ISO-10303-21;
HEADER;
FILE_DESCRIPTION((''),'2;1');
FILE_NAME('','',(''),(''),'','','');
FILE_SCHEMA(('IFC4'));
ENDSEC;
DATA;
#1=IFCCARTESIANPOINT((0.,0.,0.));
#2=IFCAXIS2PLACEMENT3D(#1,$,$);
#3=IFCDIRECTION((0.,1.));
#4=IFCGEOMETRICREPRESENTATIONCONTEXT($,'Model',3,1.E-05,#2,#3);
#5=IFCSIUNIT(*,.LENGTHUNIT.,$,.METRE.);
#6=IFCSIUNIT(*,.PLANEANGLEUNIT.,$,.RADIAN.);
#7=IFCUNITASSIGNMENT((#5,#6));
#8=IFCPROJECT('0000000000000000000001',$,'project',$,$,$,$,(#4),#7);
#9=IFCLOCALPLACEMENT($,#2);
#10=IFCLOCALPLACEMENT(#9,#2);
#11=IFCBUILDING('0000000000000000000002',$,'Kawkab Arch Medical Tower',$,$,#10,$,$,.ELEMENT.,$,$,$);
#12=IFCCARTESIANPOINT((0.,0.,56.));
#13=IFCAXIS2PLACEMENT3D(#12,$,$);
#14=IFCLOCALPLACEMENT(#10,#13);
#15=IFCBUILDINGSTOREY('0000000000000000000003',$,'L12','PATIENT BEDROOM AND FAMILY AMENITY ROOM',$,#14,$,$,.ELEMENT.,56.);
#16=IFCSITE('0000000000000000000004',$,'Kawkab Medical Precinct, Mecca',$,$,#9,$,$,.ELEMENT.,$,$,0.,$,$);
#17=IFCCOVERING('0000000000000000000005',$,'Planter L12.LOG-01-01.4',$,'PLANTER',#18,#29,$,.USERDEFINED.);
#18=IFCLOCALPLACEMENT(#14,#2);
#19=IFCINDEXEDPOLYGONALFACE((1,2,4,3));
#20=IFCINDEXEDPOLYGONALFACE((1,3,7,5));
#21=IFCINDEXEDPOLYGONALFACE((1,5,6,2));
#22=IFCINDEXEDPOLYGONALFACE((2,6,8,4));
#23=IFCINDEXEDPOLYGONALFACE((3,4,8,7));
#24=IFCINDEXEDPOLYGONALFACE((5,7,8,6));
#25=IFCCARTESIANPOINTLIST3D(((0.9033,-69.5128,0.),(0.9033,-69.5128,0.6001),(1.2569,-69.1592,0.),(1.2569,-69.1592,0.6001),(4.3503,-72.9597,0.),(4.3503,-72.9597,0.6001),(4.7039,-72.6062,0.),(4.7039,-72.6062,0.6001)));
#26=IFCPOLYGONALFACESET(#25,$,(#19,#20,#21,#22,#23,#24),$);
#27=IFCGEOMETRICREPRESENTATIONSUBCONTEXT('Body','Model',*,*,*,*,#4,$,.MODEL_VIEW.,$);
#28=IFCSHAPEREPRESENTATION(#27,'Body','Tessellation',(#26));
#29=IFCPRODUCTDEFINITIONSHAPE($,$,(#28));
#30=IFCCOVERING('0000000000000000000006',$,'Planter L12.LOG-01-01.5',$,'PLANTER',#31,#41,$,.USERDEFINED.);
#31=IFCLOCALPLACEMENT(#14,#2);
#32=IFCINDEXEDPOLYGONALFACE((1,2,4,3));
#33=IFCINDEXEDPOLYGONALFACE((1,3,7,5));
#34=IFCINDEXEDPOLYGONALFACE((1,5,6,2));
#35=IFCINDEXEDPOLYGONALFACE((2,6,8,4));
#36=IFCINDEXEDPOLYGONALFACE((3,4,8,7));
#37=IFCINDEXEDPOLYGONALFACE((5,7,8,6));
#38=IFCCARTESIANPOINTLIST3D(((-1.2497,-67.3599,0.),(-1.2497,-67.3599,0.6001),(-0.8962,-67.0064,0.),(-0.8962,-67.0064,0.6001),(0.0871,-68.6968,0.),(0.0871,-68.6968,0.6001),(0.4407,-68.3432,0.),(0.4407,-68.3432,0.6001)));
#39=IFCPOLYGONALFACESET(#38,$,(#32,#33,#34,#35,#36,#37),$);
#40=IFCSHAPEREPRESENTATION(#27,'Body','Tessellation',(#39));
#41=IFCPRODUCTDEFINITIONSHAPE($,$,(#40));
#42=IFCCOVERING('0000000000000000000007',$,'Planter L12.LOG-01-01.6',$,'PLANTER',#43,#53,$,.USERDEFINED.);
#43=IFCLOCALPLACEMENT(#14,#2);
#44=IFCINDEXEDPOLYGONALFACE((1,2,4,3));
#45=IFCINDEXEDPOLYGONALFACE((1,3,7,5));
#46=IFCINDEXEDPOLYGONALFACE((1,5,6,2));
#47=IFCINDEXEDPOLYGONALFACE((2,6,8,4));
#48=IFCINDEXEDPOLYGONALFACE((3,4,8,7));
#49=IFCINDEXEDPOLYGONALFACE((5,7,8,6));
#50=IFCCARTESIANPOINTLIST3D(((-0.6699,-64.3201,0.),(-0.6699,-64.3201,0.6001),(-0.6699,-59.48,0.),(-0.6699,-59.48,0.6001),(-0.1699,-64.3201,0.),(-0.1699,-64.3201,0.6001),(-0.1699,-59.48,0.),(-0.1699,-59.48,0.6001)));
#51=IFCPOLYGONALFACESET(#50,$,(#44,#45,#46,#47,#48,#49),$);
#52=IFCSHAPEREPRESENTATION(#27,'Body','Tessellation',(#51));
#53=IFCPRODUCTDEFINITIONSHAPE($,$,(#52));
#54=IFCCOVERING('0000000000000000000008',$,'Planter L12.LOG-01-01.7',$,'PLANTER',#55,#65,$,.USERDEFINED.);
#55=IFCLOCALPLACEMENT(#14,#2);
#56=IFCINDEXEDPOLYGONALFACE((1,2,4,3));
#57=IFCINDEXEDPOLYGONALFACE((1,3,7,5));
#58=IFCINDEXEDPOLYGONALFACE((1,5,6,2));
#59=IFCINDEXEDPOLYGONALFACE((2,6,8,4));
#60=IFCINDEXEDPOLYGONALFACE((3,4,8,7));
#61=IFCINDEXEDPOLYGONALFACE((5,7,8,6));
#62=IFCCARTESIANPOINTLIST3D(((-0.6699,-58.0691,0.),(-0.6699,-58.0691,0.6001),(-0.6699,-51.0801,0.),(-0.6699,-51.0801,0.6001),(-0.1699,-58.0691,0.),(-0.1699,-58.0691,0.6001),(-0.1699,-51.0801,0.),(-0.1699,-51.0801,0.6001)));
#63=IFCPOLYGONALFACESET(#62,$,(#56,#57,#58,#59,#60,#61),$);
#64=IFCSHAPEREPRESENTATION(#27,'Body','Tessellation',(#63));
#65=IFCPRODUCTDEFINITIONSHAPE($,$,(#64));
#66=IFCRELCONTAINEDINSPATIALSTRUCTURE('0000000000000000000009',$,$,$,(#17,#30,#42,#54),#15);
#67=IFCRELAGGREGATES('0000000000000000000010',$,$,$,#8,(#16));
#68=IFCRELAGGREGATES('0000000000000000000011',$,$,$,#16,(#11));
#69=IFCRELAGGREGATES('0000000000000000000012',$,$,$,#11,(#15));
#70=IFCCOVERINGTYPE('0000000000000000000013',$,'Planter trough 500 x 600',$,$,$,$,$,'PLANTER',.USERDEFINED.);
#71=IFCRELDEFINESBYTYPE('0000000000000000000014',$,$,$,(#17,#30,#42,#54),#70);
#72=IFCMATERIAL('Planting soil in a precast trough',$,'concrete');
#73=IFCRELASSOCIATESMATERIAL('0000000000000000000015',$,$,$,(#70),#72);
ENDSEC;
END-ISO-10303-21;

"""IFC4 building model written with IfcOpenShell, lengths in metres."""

from ifc_helpers import new_model, si_unit, direction, frame, origin, origin_2d, place, context, subcontext, project, spatial, rectangle, extrude, material, material_profile, profile_set, type_object, element, save


model = new_model("IFC4")

# Units and contexts
model_context = context("Model", 3, precision=1e-05, world=origin(), true_north=direction((0.0, 1.0)))
body_context = subcontext(model_context, "Body", "Model", "MODEL_VIEW")
ifc_project = project(units=[si_unit("LENGTHUNIT", "METRE"), si_unit("PLANEANGLEUNIT", "RADIAN")], contexts=[model_context])

# Site, building, storey
site_placement = place(None, origin())
site = spatial("IfcSite", under=ifc_project, at=site_placement, Name="Kawkab Medical Precinct, Mecca", CompositionType="ELEMENT", RefElevation=0.0)
building_placement = place(site_placement, origin())
building = spatial("IfcBuilding", under=site, at=building_placement, Name="Kawkab Arch Medical Tower", CompositionType="ELEMENT")
storey_placement = place(building_placement, frame((0.0, 0.0, 56.0)))
storey = spatial("IfcBuildingStorey", under=building, at=storey_placement, Name="L12", Description="PATIENT BEDROOM AND FAMILY AMENITY ROOM", CompositionType="ELEMENT", Elevation=56.0)

# Coverings
ifc_material_1 = material(Name="Planting soil in a precast trough", Category="concrete")
ifc_material_profile_1 = material_profile(ifc_material_1, rectangle(XDim=0.5, YDim=0.6001, at=origin_2d()), Name="Trough 500x600")
ifc_profile_set_1 = profile_set([ifc_material_profile_1], Name="Planting soil in a precast trough")
covering_type = type_object("IfcCoveringType", Name="Planter trough 500 x 600", ElementType="PLANTER", PredefinedType="USERDEFINED", material=ifc_profile_set_1)
covering_1_placement = place(storey_placement, frame((4.5271, -72.783, 0.3), z_axis=(-0.707107, 0.707107, 0.0), x_axis=(-0.707107, -0.707107, 0.0)))
element("IfcCovering", 1, at=covering_1_placement, inside=storey, type_object=covering_type, Name="Planter L12.LOG-01-01.4", ObjectType="PLANTER", PredefinedType="USERDEFINED", context=body_context, shape_type="SweptSolid", body=[
    extrude(rectangle(XDim=0.5, YDim=0.6001, at=origin_2d()), origin(), (0.0, 0.0, 1.0), 4.8748),
])
covering_2_placement = place(storey_placement, frame((0.2639, -68.52, 0.3), z_axis=(-0.707107, 0.707107, 0.0), x_axis=(-0.707107, -0.707107, 0.0)))
element("IfcCovering", 2, at=covering_2_placement, inside=storey, type_object=covering_type, Name="Planter L12.LOG-01-01.5", ObjectType="PLANTER", PredefinedType="USERDEFINED", context=body_context, shape_type="SweptSolid", body=[
    extrude(rectangle(XDim=0.5, YDim=0.6001, at=origin_2d()), origin(), (0.0, 0.0, 1.0), 1.8906),
])
covering_3_placement = place(storey_placement, frame((-0.4199, -64.3201, 0.3), z_axis=(0.0, 1.0, 0.0), x_axis=(-1.0, 0.0, 0.0)))
element("IfcCovering", 3, at=covering_3_placement, inside=storey, type_object=covering_type, Name="Planter L12.LOG-01-01.6", ObjectType="PLANTER", PredefinedType="USERDEFINED", context=body_context, shape_type="SweptSolid", body=[
    extrude(rectangle(XDim=0.5, YDim=0.6001, at=origin_2d()), origin(), (0.0, 0.0, 1.0), 4.8401),
])
covering_4_placement = place(storey_placement, frame((-0.4199, -58.0691, 0.3), z_axis=(0.0, 1.0, 0.0), x_axis=(-1.0, 0.0, 0.0)))
element("IfcCovering", 4, at=covering_4_placement, inside=storey, type_object=covering_type, Name="Planter L12.LOG-01-01.7", ObjectType="PLANTER", PredefinedType="USERDEFINED", context=body_context, shape_type="SweptSolid", body=[
    extrude(rectangle(XDim=0.5, YDim=0.6001, at=origin_2d()), origin(), (0.0, 0.0, 1.0), 6.989),
])

save(model, "model.ifc")
